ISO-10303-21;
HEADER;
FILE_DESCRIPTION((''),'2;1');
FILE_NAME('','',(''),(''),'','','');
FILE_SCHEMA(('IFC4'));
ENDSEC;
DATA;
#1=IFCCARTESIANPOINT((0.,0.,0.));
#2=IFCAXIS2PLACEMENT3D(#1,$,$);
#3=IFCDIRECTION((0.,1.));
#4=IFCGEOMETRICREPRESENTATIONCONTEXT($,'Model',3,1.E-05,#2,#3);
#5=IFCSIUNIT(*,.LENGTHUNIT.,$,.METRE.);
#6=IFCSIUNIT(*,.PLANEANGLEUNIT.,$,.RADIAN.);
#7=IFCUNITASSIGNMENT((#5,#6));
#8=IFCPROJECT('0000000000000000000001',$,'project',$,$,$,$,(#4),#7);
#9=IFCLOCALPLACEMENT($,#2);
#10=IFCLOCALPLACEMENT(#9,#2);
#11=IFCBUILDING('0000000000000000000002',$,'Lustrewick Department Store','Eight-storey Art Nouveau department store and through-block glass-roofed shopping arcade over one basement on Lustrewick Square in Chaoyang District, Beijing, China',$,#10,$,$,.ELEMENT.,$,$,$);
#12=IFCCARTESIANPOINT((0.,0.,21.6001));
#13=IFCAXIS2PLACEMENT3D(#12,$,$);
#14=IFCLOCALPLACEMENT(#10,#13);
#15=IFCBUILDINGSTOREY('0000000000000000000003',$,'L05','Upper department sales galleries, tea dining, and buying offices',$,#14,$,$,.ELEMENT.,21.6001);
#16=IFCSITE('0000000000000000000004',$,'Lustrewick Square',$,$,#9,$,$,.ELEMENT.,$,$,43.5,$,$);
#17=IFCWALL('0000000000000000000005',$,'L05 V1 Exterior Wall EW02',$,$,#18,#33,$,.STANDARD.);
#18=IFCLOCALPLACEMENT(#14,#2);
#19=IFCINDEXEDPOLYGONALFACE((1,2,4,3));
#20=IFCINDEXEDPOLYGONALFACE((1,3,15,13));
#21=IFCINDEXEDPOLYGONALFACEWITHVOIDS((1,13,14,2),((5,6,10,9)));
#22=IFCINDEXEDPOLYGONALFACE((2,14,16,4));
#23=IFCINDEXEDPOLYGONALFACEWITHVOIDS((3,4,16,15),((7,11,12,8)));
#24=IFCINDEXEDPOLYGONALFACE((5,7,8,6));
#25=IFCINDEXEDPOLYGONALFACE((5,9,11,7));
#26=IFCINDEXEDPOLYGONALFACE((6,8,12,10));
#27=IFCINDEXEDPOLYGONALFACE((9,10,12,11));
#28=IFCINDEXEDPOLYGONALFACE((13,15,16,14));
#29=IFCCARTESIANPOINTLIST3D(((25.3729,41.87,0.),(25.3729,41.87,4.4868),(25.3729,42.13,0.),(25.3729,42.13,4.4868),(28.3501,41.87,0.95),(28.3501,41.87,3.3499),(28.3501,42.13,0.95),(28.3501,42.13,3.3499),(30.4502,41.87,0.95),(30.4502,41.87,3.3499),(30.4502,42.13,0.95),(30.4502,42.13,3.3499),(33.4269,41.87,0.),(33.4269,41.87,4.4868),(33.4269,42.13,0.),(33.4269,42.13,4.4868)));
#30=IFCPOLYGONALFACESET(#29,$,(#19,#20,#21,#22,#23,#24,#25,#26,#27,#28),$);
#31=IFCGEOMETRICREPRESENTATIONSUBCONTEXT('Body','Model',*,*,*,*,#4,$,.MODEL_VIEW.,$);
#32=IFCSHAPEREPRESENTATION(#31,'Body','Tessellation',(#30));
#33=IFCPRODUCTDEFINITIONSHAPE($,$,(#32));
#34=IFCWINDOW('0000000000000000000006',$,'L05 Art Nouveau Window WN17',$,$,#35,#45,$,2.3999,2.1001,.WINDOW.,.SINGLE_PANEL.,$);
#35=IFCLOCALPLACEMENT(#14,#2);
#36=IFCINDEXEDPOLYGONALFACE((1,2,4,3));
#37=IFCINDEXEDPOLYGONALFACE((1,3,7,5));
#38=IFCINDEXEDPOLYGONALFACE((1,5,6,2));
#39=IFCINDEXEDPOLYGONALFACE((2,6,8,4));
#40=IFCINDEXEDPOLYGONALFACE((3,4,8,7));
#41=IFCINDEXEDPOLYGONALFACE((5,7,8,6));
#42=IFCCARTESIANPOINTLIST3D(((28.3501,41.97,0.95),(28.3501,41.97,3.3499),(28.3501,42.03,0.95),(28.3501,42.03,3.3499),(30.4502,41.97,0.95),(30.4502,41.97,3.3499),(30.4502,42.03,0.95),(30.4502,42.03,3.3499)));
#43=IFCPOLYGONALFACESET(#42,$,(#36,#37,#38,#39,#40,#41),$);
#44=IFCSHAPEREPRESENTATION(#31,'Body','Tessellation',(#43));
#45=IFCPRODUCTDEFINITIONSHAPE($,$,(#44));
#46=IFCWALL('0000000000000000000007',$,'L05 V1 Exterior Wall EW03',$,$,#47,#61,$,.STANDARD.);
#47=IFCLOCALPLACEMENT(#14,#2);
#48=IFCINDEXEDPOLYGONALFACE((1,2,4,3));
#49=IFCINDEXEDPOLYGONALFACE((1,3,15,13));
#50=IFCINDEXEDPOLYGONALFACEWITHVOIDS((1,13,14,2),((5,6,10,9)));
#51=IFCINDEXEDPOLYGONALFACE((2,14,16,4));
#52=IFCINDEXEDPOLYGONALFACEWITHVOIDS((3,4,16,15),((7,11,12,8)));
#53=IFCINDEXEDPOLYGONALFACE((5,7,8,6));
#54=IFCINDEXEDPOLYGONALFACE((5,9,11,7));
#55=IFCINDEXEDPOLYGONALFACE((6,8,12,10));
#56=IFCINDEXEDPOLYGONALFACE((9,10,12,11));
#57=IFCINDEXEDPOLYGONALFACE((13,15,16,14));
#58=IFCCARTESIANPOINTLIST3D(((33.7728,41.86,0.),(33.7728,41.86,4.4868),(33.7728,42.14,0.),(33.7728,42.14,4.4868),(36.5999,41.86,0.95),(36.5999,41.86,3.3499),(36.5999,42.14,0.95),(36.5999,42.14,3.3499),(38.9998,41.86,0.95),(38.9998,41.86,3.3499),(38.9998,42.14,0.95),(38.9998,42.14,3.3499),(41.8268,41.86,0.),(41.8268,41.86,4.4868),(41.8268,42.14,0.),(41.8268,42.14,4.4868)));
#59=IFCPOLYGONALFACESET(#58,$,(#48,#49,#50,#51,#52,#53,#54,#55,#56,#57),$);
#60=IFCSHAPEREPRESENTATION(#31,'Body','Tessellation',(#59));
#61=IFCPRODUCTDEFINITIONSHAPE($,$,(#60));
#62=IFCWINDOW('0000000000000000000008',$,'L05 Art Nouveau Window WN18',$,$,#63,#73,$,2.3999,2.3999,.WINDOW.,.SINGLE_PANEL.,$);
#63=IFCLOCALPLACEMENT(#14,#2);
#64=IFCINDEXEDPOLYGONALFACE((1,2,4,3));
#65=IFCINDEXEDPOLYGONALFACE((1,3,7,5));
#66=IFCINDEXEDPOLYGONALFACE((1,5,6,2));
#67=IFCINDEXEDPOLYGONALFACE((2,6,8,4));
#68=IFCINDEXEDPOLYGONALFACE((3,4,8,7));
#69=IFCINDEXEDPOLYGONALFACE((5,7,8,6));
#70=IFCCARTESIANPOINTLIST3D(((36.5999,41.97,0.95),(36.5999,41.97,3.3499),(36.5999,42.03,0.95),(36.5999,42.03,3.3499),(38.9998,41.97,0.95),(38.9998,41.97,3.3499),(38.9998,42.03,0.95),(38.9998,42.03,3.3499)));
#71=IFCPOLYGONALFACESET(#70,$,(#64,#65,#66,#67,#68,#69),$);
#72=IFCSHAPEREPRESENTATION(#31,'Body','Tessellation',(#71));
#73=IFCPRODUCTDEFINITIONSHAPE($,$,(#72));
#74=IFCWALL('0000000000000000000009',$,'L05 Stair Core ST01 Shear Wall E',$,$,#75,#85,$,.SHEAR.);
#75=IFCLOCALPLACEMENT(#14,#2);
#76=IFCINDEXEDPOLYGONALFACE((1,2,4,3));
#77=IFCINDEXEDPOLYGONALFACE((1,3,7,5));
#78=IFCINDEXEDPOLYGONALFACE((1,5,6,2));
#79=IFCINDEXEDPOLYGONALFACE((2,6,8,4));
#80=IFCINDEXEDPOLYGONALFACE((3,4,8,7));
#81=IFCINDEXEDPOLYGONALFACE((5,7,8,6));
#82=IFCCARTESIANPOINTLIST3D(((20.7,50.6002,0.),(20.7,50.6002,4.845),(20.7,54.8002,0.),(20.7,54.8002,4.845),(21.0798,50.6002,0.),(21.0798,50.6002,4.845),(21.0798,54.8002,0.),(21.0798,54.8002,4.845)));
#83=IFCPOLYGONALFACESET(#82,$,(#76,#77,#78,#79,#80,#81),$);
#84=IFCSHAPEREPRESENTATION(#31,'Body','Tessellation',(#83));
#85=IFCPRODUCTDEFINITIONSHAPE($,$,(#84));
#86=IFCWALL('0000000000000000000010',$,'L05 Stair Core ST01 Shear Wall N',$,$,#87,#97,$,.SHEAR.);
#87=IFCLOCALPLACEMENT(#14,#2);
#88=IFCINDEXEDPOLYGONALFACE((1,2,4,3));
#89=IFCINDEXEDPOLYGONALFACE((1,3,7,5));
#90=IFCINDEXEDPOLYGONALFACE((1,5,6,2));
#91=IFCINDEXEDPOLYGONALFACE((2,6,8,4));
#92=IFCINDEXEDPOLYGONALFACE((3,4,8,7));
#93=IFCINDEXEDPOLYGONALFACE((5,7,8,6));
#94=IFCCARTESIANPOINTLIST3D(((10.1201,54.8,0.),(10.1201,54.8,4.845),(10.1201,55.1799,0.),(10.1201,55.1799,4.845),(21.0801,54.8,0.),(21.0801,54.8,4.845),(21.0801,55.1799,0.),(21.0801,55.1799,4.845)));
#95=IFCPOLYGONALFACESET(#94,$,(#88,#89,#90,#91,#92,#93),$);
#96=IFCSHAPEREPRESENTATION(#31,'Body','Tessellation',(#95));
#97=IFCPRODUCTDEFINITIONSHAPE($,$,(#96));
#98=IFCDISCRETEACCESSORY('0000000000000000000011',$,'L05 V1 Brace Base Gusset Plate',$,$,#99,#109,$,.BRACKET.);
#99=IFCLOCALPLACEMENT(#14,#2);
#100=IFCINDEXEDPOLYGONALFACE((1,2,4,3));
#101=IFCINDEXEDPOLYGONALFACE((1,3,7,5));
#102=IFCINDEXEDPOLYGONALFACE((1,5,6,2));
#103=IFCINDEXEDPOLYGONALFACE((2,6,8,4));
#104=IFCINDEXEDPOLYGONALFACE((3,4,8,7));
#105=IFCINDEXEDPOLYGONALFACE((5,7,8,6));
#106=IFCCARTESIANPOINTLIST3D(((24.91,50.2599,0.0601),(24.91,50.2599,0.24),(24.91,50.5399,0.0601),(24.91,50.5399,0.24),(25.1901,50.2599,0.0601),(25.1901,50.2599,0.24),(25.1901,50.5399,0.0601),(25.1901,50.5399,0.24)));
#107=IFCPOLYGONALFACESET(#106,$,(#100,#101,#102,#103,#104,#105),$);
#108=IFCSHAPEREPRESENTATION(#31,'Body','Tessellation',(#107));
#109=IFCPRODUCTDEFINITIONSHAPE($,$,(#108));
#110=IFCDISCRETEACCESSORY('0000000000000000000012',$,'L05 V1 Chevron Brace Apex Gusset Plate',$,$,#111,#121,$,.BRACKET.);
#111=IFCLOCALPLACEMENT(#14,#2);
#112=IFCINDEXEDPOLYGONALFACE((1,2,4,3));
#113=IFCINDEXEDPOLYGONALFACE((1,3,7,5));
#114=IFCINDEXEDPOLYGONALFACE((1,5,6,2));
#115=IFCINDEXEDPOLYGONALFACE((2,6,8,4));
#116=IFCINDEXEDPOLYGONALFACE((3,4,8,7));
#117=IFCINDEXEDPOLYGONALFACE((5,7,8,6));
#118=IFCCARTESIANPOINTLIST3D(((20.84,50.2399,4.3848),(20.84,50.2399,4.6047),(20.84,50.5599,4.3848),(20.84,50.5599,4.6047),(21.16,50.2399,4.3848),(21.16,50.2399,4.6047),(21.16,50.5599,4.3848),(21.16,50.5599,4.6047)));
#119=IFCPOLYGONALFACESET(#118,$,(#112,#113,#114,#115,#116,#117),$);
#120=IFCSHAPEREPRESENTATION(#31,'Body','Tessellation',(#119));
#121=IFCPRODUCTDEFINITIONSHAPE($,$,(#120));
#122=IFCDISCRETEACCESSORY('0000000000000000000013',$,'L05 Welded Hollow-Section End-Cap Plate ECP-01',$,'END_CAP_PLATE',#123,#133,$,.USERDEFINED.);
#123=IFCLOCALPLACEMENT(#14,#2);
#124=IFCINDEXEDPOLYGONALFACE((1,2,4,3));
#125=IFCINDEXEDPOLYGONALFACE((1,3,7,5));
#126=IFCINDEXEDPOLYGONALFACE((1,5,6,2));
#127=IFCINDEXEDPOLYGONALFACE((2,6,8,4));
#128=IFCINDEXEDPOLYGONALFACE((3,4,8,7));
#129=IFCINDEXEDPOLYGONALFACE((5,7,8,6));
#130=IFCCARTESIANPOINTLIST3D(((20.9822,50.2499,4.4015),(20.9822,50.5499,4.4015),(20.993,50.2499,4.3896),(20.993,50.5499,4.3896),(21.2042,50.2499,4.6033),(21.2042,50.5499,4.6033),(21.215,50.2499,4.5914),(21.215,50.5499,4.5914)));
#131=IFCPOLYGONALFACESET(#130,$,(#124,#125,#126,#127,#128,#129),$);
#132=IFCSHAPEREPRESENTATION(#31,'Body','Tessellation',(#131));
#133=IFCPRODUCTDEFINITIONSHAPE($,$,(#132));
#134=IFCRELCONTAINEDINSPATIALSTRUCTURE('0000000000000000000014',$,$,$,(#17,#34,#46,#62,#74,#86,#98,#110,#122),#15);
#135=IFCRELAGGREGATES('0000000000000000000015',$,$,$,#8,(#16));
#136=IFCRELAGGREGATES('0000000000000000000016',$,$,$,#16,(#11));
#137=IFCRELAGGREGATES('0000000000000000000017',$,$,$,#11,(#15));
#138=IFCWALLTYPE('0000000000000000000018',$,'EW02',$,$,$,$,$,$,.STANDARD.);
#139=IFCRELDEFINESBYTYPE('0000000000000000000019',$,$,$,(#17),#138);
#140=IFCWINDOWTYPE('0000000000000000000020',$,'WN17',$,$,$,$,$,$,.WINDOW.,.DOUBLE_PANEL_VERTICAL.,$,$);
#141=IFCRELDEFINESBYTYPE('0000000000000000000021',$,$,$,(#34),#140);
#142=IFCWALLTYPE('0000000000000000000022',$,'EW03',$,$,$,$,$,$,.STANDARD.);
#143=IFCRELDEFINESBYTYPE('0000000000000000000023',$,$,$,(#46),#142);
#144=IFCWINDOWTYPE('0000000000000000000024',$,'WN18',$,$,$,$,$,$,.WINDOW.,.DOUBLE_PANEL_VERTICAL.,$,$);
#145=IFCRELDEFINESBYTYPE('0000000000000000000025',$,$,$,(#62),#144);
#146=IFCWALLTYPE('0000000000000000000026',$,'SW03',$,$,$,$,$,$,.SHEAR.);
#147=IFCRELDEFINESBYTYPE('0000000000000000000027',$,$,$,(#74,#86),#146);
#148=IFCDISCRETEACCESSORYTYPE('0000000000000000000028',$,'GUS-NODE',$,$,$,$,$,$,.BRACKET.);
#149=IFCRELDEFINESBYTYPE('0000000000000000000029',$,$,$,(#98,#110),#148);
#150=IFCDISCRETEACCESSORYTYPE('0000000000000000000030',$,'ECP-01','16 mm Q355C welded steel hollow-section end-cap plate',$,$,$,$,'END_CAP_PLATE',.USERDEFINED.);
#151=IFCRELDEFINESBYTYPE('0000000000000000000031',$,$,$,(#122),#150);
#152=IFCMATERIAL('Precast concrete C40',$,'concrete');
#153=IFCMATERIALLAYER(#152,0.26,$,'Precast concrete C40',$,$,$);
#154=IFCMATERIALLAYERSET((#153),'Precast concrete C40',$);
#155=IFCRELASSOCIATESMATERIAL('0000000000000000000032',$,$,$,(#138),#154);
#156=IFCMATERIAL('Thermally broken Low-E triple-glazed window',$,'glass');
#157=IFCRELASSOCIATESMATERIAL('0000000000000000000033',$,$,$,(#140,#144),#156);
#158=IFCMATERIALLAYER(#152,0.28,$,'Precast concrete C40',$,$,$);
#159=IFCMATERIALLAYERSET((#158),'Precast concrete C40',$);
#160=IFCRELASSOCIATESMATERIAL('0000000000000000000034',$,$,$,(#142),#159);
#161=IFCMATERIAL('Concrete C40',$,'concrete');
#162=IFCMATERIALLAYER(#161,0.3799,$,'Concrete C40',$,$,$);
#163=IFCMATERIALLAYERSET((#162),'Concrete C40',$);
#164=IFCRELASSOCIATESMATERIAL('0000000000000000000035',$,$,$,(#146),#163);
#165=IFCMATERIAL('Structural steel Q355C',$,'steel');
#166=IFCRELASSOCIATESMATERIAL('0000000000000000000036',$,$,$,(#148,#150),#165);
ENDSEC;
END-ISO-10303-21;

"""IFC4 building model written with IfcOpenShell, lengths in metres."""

from ifc_helpers import new_model, si_unit, direction, frame, frame_2d, origin, origin_2d, place, context, subcontext, project, spatial, rectangle, extrude, material, layer, layer_set, type_object, element, fill, save


model = new_model("IFC4")

# Units and contexts
model_context = context("Model", 3, precision=1e-05, world=origin(), true_north=direction((0.0, 1.0)))
body_context = subcontext(model_context, "Body", "Model", "MODEL_VIEW")
ifc_project = project(units=[si_unit("LENGTHUNIT", "METRE"), si_unit("PLANEANGLEUNIT", "RADIAN")], contexts=[model_context])

# Site, building, storey
site_placement = place(None, origin())
site = spatial("IfcSite", under=ifc_project, at=site_placement, Name="Lustrewick Square", CompositionType="ELEMENT", RefElevation=43.5)
building_placement = place(site_placement, origin())
building = spatial("IfcBuilding", under=site, at=building_placement, Name="Lustrewick Department Store", Description="Eight-storey Art Nouveau department store and through-block glass-roofed shopping arcade over one basement on Lustrewick Square in Chaoyang District, Beijing, China", CompositionType="ELEMENT")
storey_placement = place(building_placement, frame((0.0, 0.0, 21.6001)))
storey = spatial("IfcBuildingStorey", under=building, at=storey_placement, Name="L05", Description="Upper department sales galleries, tea dining, and buying offices", CompositionType="ELEMENT", Elevation=21.6001)

# Shared definitions
ifc_material_1 = material(Name="Structural steel Q355C", Category="steel")

# Walls, openings, windows
ifc_material_2 = material(Name="Precast concrete C40", Category="concrete")
ifc_layer_1 = layer(ifc_material_2, 0.26, Name="Precast concrete C40")
ifc_layer_set_1 = layer_set([ifc_layer_1], Name="Precast concrete C40")
wall_type_1 = type_object("IfcWallType", Name="EW02", PredefinedType="STANDARD", material=ifc_layer_set_1)
wall_1_placement = place(storey_placement, frame((25.373, 42.0, 0.0), z_axis=(0.0, 0.0, 1.0), x_axis=(1.0, 0.0, 0.0)))
wall_1 = element("IfcWall", 1, at=wall_1_placement, inside=storey, type_object=wall_type_1, Name="L05 V1 Exterior Wall EW02", PredefinedType="STANDARD", context=body_context, shape_type="SweptSolid", body=[
    extrude(rectangle(XDim=8.054, YDim=0.26, at=frame_2d((4.0269, 0.0))), origin(), (0.0, 0.0, 1.0), 4.4868),
])
opening_1_placement = place(wall_1_placement, frame((2.9771, 0.0, 0.95)))
opening_1 = element("IfcOpeningElement", 2, at=opening_1_placement, cuts=wall_1, PredefinedType="OPENING", context=body_context, shape_type="SweptSolid", body=[
    extrude(rectangle(XDim=2.1001, YDim=2.3999, at=frame_2d((1.05, 1.2))), frame((0.0, 0.1401, 0.0), z_axis=(0.0, -1.0, 0.0), x_axis=(1.0, 0.0, 0.0)), (0.0, 0.0, 1.0), 0.28),
])
ifc_material_3 = material(Name="Thermally broken Low-E triple-glazed window", Category="glass")
window_type_1 = type_object("IfcWindowType", Name="WN17", PartitioningType="DOUBLE_PANEL_VERTICAL", PredefinedType="WINDOW", material=ifc_material_3)
window_1_placement = place(opening_1_placement, origin())
window_1 = element("IfcWindow", 3, at=window_1_placement, inside=storey, type_object=window_type_1, Name="L05 Art Nouveau Window WN17", OverallHeight=2.3999, OverallWidth=2.1001, PartitioningType="SINGLE_PANEL", PredefinedType="WINDOW", context=body_context, shape_type="SweptSolid", body=[
    extrude(rectangle(XDim=2.1001, YDim=2.3999, at=frame_2d((1.05, 1.2))), frame((0.0, 0.03, 0.0), z_axis=(0.0, -1.0, 0.0), x_axis=(1.0, 0.0, 0.0)), (0.0, 0.0, 1.0), 0.0601),
])
fill(opening_1, window_1)
ifc_layer_2 = layer(ifc_material_2, 0.28, Name="Precast concrete C40")
ifc_layer_set_2 = layer_set([ifc_layer_2], Name="Precast concrete C40")
wall_type_2 = type_object("IfcWallType", Name="EW03", PredefinedType="STANDARD", material=ifc_layer_set_2)
wall_2_placement = place(storey_placement, frame((33.7729, 42.0, 0.0), z_axis=(0.0, 0.0, 1.0), x_axis=(1.0, 0.0, 0.0)))
wall_2 = element("IfcWall", 4, at=wall_2_placement, inside=storey, type_object=wall_type_2, Name="L05 V1 Exterior Wall EW03", PredefinedType="STANDARD", context=body_context, shape_type="SweptSolid", body=[
    extrude(rectangle(XDim=8.054, YDim=0.28, at=frame_2d((4.0269, 0.0))), origin(), (0.0, 0.0, 1.0), 4.4868),
])
opening_2_placement = place(wall_2_placement, frame((2.8269, 0.0, 0.95)))
opening_2 = element("IfcOpeningElement", 5, at=opening_2_placement, cuts=wall_2, PredefinedType="OPENING", context=body_context, shape_type="SweptSolid", body=[
    extrude(rectangle(XDim=2.3999, YDim=2.3999, at=frame_2d((1.2, 1.2))), frame((0.0, 0.1499, 0.0), z_axis=(0.0, -1.0, 0.0), x_axis=(1.0, 0.0, 0.0)), (0.0, 0.0, 1.0), 0.3),
])
window_type_2 = type_object("IfcWindowType", Name="WN18", PartitioningType="DOUBLE_PANEL_VERTICAL", PredefinedType="WINDOW", material=ifc_material_3)
window_2_placement = place(opening_2_placement, origin())
window_2 = element("IfcWindow", 6, at=window_2_placement, inside=storey, type_object=window_type_2, Name="L05 Art Nouveau Window WN18", OverallHeight=2.3999, OverallWidth=2.3999, PartitioningType="SINGLE_PANEL", PredefinedType="WINDOW", context=body_context, shape_type="SweptSolid", body=[
    extrude(rectangle(XDim=2.3999, YDim=2.3999, at=frame_2d((1.2, 1.2))), frame((0.0, 0.03, 0.0), z_axis=(0.0, -1.0, 0.0), x_axis=(1.0, 0.0, 0.0)), (0.0, 0.0, 1.0), 0.0601),
])
fill(opening_2, window_2)

# Walls
ifc_material_4 = material(Name="Concrete C40", Category="concrete")
ifc_layer_3 = layer(ifc_material_4, 0.3799, Name="Concrete C40")
ifc_layer_set_3 = layer_set([ifc_layer_3], Name="Concrete C40")
wall_type_3 = type_object("IfcWallType", Name="SW03", PredefinedType="SHEAR", material=ifc_layer_set_3)
wall_3_placement = place(storey_placement, frame((20.8899, 50.6001, 0.0), z_axis=(0.0, 0.0, 1.0), x_axis=(0.0, 1.0, 0.0)))
element("IfcWall", 7, at=wall_3_placement, inside=storey, type_object=wall_type_3, Name="L05 Stair Core ST01 Shear Wall E", PredefinedType="SHEAR", context=body_context, shape_type="SweptSolid", body=[
    extrude(rectangle(XDim=4.2, YDim=0.3799, at=frame_2d((2.1001, 0.0))), origin(), (0.0, 0.0, 1.0), 4.845),
])
wall_4_placement = place(storey_placement, frame((21.0801, 54.99, 0.0), z_axis=(0.0, 0.0, 1.0), x_axis=(-1.0, 0.0, 0.0)))
element("IfcWall", 8, at=wall_4_placement, inside=storey, type_object=wall_type_3, Name="L05 Stair Core ST01 Shear Wall N", PredefinedType="SHEAR", context=body_context, shape_type="SweptSolid", body=[
    extrude(rectangle(XDim=10.96, YDim=0.3799, at=frame_2d((5.48, 0.0))), origin(), (0.0, 0.0, 1.0), 4.845),
])

# Discrete accessories
discrete_accessory_type_1 = type_object("IfcDiscreteAccessoryType", Name="GUS-NODE", PredefinedType="BRACKET", material=ifc_material_1)
discrete_accessory_1_placement = place(storey_placement, frame((25.05, 50.3999, 0.0601), z_axis=(0.0, 0.0, 1.0), x_axis=(1.0, 0.0, 0.0)))
element("IfcDiscreteAccessory", 9, at=discrete_accessory_1_placement, inside=storey, type_object=discrete_accessory_type_1, Name="L05 V1 Brace Base Gusset Plate", PredefinedType="BRACKET", context=body_context, shape_type="SweptSolid", body=[
    extrude(rectangle(XDim=0.28, YDim=0.28, at=origin_2d()), origin(), (0.0, 0.0, 1.0), 0.1799),
])
discrete_accessory_2_placement = place(storey_placement, frame((21.0, 50.3999, 4.3848), z_axis=(0.0, 0.0, 1.0), x_axis=(1.0, 0.0, 0.0)))
element("IfcDiscreteAccessory", 10, at=discrete_accessory_2_placement, inside=storey, type_object=discrete_accessory_type_1, Name="L05 V1 Chevron Brace Apex Gusset Plate", PredefinedType="BRACKET", context=body_context, shape_type="SweptSolid", body=[
    extrude(rectangle(XDim=0.3201, YDim=0.3201, at=origin_2d()), origin(), (0.0, 0.0, 1.0), 0.22),
])
discrete_accessory_type_2 = type_object("IfcDiscreteAccessoryType", Name="ECP-01", Description="16 mm Q355C welded steel hollow-section end-cap plate", ElementType="END_CAP_PLATE", PredefinedType="USERDEFINED", material=ifc_material_1)
discrete_accessory_3_placement = place(storey_placement, frame((21.104, 50.3999, 4.4905), z_axis=(-0.672671, 0.0, 0.739942), x_axis=(0.0, -1.0, 0.0)))
element("IfcDiscreteAccessory", 11, at=discrete_accessory_3_placement, inside=storey, type_object=discrete_accessory_type_2, Name="L05 Welded Hollow-Section End-Cap Plate ECP-01", ObjectType="END_CAP_PLATE", PredefinedType="USERDEFINED", context=body_context, shape_type="SweptSolid", body=[
    extrude(rectangle(XDim=0.3, YDim=0.3, at=origin_2d()), origin(), (0.0, 0.0, 1.0), 0.0161),
])

save(model, "model.ifc")
